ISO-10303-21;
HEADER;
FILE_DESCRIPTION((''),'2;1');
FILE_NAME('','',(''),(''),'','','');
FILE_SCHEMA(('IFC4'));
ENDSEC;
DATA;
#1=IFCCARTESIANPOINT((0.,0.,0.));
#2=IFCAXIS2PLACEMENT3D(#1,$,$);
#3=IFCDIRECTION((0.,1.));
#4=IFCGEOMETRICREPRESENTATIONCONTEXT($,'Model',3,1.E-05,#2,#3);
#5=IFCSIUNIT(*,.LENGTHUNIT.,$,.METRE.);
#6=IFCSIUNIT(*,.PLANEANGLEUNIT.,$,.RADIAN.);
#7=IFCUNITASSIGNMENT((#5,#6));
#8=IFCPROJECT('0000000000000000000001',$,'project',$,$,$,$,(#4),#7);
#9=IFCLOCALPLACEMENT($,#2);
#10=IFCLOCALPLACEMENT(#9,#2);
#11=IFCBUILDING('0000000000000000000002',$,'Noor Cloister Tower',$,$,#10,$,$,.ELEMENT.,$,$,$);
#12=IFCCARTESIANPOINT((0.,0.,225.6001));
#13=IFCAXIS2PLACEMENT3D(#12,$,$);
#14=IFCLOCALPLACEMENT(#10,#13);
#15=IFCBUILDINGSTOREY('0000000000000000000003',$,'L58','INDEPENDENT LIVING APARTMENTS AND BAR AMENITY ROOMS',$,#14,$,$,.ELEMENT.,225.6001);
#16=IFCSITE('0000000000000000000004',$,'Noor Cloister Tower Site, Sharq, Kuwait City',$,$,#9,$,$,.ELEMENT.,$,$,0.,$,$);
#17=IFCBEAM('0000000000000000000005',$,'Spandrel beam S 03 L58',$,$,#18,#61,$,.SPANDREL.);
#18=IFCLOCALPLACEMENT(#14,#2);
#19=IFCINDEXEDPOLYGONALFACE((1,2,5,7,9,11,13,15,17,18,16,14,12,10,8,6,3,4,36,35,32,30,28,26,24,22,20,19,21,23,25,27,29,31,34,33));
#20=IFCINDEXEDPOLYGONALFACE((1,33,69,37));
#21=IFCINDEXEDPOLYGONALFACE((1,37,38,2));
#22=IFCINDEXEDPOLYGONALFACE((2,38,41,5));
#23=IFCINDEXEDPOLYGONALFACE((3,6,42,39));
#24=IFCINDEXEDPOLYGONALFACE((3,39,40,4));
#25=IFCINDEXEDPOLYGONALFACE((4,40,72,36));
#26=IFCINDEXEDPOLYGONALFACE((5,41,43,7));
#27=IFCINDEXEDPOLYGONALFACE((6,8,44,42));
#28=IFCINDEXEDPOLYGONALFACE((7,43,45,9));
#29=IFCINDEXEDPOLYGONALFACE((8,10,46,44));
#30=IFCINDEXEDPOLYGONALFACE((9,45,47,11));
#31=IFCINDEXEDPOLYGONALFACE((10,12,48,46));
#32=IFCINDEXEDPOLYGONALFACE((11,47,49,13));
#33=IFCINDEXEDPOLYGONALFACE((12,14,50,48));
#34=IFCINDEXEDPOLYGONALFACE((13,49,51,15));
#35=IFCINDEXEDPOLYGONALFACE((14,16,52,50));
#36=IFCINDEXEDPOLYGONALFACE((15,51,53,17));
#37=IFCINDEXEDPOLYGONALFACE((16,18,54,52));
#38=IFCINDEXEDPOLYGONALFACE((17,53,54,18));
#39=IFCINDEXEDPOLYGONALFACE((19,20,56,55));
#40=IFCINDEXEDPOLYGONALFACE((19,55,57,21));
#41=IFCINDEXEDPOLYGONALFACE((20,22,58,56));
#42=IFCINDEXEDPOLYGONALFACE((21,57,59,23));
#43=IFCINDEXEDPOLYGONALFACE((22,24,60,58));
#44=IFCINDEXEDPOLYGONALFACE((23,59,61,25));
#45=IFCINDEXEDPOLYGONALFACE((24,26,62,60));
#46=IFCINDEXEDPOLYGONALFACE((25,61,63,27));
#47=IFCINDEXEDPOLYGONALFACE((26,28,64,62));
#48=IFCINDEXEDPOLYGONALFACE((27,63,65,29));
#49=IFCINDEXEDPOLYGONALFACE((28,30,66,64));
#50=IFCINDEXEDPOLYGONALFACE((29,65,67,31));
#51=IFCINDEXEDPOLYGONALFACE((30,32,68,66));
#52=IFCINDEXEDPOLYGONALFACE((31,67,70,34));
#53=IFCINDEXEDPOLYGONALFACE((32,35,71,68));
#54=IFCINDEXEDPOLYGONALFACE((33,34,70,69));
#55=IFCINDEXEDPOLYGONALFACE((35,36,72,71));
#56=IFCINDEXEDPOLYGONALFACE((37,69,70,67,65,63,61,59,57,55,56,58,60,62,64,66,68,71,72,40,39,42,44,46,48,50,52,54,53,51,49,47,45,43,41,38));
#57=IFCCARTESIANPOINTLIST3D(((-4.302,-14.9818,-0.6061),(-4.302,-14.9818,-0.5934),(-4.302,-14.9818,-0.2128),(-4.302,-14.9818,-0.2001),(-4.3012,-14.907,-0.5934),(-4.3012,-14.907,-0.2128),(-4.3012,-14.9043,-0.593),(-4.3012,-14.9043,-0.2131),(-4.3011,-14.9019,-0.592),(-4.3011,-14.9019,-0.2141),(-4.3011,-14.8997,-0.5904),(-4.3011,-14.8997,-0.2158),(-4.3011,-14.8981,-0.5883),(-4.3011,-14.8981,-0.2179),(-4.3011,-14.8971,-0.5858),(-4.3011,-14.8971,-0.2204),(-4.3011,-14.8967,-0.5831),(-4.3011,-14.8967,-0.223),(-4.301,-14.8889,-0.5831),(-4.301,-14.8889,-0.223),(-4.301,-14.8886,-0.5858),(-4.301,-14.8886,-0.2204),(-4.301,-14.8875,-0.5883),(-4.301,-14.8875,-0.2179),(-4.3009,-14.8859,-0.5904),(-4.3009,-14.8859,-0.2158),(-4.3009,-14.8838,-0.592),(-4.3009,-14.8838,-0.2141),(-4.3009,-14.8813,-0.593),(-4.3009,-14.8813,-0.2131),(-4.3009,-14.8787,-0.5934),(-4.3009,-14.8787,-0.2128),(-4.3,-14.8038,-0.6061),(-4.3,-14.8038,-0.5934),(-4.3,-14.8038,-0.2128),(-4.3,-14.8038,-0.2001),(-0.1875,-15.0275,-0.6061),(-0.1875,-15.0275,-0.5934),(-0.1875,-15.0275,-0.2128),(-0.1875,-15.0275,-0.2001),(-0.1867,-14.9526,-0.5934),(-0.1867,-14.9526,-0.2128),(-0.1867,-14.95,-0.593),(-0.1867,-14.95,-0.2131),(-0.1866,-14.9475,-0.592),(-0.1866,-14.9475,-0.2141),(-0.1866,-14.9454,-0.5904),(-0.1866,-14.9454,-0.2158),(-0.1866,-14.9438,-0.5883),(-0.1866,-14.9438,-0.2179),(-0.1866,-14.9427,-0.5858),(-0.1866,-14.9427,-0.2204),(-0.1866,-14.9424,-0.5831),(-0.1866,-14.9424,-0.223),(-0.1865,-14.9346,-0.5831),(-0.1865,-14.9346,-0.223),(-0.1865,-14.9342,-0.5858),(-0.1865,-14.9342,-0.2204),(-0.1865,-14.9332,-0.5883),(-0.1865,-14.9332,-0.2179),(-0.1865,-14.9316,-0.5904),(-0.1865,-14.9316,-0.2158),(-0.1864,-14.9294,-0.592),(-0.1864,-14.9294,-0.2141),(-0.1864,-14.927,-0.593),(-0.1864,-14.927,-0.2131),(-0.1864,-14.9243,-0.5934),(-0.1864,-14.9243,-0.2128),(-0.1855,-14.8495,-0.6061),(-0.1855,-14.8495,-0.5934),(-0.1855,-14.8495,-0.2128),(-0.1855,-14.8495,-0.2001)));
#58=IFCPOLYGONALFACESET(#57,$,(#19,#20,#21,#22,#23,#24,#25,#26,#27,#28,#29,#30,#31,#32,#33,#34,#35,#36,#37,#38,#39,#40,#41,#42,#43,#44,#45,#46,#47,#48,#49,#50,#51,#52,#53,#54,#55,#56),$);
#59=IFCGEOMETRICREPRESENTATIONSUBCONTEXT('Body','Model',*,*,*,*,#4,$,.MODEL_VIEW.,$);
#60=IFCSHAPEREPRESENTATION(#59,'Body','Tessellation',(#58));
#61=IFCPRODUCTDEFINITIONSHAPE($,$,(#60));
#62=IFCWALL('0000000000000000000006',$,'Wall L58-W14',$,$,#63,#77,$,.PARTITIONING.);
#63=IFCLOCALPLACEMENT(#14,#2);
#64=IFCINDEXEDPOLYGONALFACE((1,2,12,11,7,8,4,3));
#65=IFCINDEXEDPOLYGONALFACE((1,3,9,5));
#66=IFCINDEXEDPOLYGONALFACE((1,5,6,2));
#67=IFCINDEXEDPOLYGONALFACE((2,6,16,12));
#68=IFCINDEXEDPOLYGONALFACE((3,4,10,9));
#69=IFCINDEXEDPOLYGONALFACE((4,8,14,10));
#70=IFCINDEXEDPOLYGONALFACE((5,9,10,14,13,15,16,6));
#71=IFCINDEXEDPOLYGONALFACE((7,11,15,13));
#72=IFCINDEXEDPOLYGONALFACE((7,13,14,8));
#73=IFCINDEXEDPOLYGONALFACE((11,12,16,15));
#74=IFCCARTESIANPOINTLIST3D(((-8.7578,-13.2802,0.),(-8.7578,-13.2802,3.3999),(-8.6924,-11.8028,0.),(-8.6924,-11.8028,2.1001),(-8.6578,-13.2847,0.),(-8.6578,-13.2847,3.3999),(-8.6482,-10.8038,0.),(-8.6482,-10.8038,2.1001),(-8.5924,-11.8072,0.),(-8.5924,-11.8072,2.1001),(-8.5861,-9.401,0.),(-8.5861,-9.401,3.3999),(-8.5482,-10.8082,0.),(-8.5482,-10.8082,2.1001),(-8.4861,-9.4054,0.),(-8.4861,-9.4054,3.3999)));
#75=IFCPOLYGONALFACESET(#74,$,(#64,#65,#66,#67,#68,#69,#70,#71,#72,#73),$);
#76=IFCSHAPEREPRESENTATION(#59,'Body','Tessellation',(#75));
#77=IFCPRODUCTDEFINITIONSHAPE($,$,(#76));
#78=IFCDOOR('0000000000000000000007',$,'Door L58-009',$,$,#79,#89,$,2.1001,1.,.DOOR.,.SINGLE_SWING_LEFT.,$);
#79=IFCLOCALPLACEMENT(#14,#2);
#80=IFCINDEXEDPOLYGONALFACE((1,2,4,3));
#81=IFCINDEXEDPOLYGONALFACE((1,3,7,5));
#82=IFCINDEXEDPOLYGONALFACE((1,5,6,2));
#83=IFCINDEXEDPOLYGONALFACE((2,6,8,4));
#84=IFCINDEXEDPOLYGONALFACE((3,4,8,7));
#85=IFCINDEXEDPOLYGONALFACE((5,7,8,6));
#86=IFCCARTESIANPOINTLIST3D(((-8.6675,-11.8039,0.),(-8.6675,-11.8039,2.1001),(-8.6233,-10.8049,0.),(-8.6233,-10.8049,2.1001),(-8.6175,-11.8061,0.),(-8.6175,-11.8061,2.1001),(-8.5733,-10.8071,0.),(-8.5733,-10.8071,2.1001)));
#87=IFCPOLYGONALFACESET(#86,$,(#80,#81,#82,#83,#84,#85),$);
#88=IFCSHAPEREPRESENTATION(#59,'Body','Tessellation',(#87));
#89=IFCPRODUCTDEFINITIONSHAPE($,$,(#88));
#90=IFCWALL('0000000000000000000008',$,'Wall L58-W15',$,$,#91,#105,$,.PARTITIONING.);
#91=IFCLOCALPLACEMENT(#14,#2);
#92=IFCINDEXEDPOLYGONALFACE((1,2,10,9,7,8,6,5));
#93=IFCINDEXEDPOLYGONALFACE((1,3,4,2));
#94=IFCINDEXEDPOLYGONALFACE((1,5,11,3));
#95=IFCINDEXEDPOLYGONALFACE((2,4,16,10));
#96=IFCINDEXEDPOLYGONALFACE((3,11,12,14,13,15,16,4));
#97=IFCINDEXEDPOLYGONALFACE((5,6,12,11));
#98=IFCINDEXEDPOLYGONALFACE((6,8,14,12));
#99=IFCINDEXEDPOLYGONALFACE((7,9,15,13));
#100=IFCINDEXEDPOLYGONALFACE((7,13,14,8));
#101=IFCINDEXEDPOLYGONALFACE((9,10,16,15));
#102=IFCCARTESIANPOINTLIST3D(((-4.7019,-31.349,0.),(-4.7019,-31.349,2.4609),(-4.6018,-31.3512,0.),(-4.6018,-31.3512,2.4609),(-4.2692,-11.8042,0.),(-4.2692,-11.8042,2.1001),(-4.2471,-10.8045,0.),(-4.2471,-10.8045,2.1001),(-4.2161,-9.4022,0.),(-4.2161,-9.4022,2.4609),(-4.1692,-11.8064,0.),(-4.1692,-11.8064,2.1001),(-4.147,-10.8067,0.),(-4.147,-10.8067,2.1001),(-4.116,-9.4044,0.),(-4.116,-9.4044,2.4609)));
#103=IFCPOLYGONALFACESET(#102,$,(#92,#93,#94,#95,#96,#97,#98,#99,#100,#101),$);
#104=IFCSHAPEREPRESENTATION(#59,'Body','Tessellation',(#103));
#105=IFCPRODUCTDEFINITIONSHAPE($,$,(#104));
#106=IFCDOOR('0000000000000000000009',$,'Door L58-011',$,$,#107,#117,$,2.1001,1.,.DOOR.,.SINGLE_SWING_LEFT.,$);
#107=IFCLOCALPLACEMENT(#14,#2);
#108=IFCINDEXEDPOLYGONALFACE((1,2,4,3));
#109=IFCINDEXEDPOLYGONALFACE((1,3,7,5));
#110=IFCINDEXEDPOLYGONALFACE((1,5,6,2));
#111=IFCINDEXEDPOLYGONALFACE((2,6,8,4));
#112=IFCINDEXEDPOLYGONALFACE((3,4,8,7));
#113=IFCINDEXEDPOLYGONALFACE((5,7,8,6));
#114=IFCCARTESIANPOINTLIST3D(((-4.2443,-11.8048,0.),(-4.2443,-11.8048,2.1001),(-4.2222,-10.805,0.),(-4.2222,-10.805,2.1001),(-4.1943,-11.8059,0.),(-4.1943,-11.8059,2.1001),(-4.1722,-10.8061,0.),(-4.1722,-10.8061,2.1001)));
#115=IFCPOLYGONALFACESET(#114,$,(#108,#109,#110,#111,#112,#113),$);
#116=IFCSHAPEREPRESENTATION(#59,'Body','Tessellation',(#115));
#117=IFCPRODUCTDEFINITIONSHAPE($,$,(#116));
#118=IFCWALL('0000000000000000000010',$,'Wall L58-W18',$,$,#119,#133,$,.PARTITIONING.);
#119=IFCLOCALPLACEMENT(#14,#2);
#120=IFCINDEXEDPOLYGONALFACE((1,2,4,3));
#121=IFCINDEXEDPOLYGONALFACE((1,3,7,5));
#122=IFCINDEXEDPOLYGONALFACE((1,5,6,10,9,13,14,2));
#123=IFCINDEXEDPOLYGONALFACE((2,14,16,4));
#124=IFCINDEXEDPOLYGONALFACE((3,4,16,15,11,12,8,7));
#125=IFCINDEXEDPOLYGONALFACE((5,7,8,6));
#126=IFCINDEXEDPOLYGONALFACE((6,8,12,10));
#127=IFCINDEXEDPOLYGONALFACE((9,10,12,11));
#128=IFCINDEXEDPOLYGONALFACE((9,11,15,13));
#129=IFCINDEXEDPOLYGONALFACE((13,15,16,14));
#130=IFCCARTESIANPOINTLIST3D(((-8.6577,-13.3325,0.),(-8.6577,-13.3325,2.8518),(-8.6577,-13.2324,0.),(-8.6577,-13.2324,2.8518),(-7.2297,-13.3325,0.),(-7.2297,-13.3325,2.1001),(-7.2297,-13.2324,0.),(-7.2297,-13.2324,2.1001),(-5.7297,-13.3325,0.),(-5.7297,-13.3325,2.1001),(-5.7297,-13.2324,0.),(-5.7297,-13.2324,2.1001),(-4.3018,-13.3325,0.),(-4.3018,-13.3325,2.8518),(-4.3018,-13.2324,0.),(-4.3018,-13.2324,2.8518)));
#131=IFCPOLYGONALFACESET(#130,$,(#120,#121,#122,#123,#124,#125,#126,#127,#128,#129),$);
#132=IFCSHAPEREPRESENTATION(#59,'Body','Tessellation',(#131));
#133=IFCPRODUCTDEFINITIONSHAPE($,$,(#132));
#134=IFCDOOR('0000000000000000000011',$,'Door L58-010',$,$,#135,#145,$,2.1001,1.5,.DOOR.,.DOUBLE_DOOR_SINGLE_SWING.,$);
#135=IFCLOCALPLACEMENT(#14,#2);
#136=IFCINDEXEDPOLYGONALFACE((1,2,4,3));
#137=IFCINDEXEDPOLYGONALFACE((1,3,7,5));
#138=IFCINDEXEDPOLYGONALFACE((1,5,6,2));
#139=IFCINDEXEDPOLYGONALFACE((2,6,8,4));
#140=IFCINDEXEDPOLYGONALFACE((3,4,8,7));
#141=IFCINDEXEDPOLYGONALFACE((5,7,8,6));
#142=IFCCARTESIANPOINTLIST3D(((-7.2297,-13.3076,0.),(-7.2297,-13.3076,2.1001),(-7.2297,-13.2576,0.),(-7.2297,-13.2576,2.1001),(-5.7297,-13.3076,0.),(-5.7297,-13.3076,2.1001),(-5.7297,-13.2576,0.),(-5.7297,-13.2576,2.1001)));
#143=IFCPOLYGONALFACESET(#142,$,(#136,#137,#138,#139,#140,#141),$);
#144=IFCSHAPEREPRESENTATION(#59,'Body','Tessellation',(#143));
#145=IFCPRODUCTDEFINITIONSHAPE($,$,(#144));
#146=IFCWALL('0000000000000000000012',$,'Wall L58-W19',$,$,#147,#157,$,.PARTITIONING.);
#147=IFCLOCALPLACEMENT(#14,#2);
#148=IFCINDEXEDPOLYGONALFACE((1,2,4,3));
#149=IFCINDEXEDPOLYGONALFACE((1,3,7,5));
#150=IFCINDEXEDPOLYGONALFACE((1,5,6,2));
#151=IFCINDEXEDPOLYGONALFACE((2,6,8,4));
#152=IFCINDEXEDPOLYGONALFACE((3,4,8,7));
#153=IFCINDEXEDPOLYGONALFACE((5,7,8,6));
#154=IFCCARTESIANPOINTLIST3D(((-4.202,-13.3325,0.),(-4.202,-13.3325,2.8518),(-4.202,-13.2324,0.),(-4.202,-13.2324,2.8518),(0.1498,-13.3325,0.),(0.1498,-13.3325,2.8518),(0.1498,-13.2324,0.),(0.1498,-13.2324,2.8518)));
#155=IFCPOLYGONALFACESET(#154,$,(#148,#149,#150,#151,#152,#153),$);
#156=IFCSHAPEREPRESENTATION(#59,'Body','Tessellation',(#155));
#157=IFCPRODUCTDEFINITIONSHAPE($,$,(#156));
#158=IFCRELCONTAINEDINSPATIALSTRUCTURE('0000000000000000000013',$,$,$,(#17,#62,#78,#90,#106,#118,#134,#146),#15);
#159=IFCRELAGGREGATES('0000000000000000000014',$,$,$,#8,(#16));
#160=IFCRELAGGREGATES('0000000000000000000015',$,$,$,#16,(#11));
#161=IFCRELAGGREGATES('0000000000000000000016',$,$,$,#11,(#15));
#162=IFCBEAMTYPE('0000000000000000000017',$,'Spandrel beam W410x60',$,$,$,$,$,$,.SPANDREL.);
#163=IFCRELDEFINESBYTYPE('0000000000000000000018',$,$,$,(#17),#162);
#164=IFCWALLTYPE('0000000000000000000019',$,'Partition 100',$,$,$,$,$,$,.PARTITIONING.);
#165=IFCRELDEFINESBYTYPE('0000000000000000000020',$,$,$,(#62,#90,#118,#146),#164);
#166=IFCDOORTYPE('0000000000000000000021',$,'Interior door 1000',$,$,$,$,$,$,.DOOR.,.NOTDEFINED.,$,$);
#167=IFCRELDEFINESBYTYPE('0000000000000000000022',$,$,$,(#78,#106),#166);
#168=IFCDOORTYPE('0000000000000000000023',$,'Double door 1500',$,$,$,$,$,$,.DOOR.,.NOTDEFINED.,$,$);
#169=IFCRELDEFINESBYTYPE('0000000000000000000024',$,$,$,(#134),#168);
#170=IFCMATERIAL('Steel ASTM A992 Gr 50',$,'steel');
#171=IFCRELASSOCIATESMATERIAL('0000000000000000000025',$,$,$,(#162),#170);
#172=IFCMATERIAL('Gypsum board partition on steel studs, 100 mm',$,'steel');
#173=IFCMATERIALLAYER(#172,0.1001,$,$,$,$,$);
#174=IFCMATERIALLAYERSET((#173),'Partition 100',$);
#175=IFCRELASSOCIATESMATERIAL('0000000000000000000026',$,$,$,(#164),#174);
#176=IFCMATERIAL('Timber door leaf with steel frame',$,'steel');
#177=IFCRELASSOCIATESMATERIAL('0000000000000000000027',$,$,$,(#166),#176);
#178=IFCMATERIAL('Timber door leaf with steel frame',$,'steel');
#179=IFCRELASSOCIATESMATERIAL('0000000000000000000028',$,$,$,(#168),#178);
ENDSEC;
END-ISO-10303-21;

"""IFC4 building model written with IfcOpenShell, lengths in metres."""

from ifc_helpers import new_model, si_unit, direction, frame, frame_2d, origin, origin_2d, place, context, subcontext, project, spatial, rectangle, i_section, extrude, material, layer, layer_set, material_profile, profile_set, type_object, element, fill, save


model = new_model("IFC4")

# Units and contexts
model_context = context("Model", 3, precision=1e-05, world=origin(), true_north=direction((0.0, 1.0)))
body_context = subcontext(model_context, "Body", "Model", "MODEL_VIEW")
ifc_project = project(units=[si_unit("LENGTHUNIT", "METRE"), si_unit("PLANEANGLEUNIT", "RADIAN")], contexts=[model_context])

# Site, building, storey
site_placement = place(None, origin())
site = spatial("IfcSite", under=ifc_project, at=site_placement, Name="Noor Cloister Tower Site, Sharq, Kuwait City", CompositionType="ELEMENT", RefElevation=0.0)
building_placement = place(site_placement, origin())
building = spatial("IfcBuilding", under=site, at=building_placement, Name="Noor Cloister Tower", CompositionType="ELEMENT")
storey_placement = place(building_placement, frame((0.0, 0.0, 225.6001)))
storey = spatial("IfcBuildingStorey", under=building, at=storey_placement, Name="L58", Description="INDEPENDENT LIVING APARTMENTS AND BAR AMENITY ROOMS", CompositionType="ELEMENT", Elevation=225.6001)

# Beam
ifc_material_1 = material(Name="Steel ASTM A992 Gr 50", Category="steel")
ifc_material_profile_1 = material_profile(ifc_material_1, i_section(OverallWidth=0.178, OverallDepth=0.406, WebThickness=0.0078, FlangeThickness=0.0127, FilletRadius=0.0103, at=origin_2d()), Name="W410x60")
ifc_profile_set_1 = profile_set([ifc_material_profile_1], Name="Steel ASTM A992 Gr 50")
beam_type_1 = type_object("IfcBeamType", Name="Spandrel beam W410x60", PredefinedType="SPANDREL", material=ifc_profile_set_1)
for number, where, z_axis, x_axis, name in (
    (1, (-4.301, -14.8928, -0.4031), (0.999938, -0.011095, 0.0), (0.011095, 0.999938, 0.0), "Spandrel beam S 03 L58"),
):
    element("IfcBeam", number, at=place(storey_placement, frame(where, z_axis=z_axis, x_axis=x_axis)), inside=storey, type_object=beam_type_1, Name=name, PredefinedType="SPANDREL", context=body_context, shape_type="SweptSolid", body=[
        extrude(i_section(OverallWidth=0.178, OverallDepth=0.406, WebThickness=0.0078, FlangeThickness=0.0127, FilletRadius=0.0103, at=origin_2d()), origin(), (0.0, 0.0, 1.0), 4.1147),
    ])

# Walls, openings, doors
ifc_material_2 = material(Name="Gypsum board partition on steel studs, 100 mm", Category="steel")
ifc_layer = layer(ifc_material_2, 0.1001)
ifc_layer_set = layer_set([ifc_layer], Name="Partition 100")
wall_type = type_object("IfcWallType", Name="Partition 100", PredefinedType="PARTITIONING", material=ifc_layer_set)
wall_1_placement = place(storey_placement, frame((-8.5361, -9.4033, 0.0), z_axis=(0.0, 0.0, 1.0), x_axis=(-0.044201, -0.999023, 0.0)))
wall_1 = element("IfcWall", 2, at=wall_1_placement, inside=storey, type_object=wall_type, Name="Wall L58-W14", PredefinedType="PARTITIONING", context=body_context, shape_type="SweptSolid", body=[
    extrude(rectangle(XDim=3.8831, YDim=0.1001, at=frame_2d((1.9414, 0.0))), origin(), (0.0, 0.0, 1.0), 3.3999),
])
opening_1_placement = place(wall_1_placement, frame((1.4041, 0.0, 0.0)))
opening_1 = element("IfcOpeningElement", 3, at=opening_1_placement, cuts=wall_1, PredefinedType="OPENING", context=body_context, shape_type="SweptSolid", body=[
    extrude(rectangle(XDim=1.0, YDim=2.1001, at=frame_2d((0.5, 1.05))), frame((0.0, 0.0601, 0.0), z_axis=(0.0, -1.0, 0.0), x_axis=(1.0, 0.0, 0.0)), (0.0, 0.0, 1.0), 0.1201),
])
ifc_material_3 = material(Name="Timber door leaf with steel frame", Category="steel")
door_type_1 = type_object("IfcDoorType", Name="Interior door 1000", OperationType="NOTDEFINED", PredefinedType="DOOR", material=ifc_material_3)
door_1_placement = place(opening_1_placement, origin())
door_1 = element("IfcDoor", 4, at=door_1_placement, inside=storey, type_object=door_type_1, Name="Door L58-009", OperationType="SINGLE_SWING_LEFT", OverallHeight=2.1001, OverallWidth=1.0, PredefinedType="DOOR", context=body_context, shape_type="SweptSolid", body=[
    extrude(rectangle(XDim=1.0, YDim=2.1001, at=frame_2d((0.5, 1.05))), frame((0.0, 0.0249, 0.0), z_axis=(0.0, -1.0, 0.0), x_axis=(1.0, 0.0, 0.0)), (0.0, 0.0, 1.0), 0.05),
])
fill(opening_1, door_1)
wall_2_placement = place(storey_placement, frame((-4.166, -9.4033, 0.0), z_axis=(0.0, 0.0, 1.0), x_axis=(-0.022132, -0.999755, 0.0)))
wall_2 = element("IfcWall", 5, at=wall_2_placement, inside=storey, type_object=wall_type, Name="Wall L58-W15", PredefinedType="PARTITIONING", context=body_context, shape_type="SweptSolid", body=[
    extrude(rectangle(XDim=21.9521, YDim=0.1001, at=frame_2d((10.9761, 0.0))), origin(), (0.0, 0.0, 1.0), 2.4609),
])
opening_2_placement = place(wall_2_placement, frame((1.4026, 0.0, 0.0)))
opening_2 = element("IfcOpeningElement", 6, at=opening_2_placement, cuts=wall_2, PredefinedType="OPENING", context=body_context, shape_type="SweptSolid", body=[
    extrude(rectangle(XDim=1.0, YDim=2.1001, at=frame_2d((0.5, 1.05))), frame((0.0, 0.0601, 0.0), z_axis=(0.0, -1.0, 0.0), x_axis=(1.0, 0.0, 0.0)), (0.0, 0.0, 1.0), 0.1201),
])
door_2_placement = place(opening_2_placement, origin())
door_2 = element("IfcDoor", 7, at=door_2_placement, inside=storey, type_object=door_type_1, Name="Door L58-011", OperationType="SINGLE_SWING_LEFT", OverallHeight=2.1001, OverallWidth=1.0, PredefinedType="DOOR", context=body_context, shape_type="SweptSolid", body=[
    extrude(rectangle(XDim=1.0, YDim=2.1001, at=frame_2d((0.5, 1.05))), frame((0.0, 0.0249, 0.0), z_axis=(0.0, -1.0, 0.0), x_axis=(1.0, 0.0, 0.0)), (0.0, 0.0, 1.0), 0.05),
])
fill(opening_2, door_2)
wall_3_placement = place(storey_placement, frame((-8.6577, -13.2825, 0.0), z_axis=(0.0, 0.0, 1.0), x_axis=(1.0, 0.0, 0.0)))
wall_3 = element("IfcWall", 8, at=wall_3_placement, inside=storey, type_object=wall_type, Name="Wall L58-W18", PredefinedType="PARTITIONING", context=body_context, shape_type="SweptSolid", body=[
    extrude(rectangle(XDim=4.356, YDim=0.1001, at=frame_2d((2.178, 0.0))), origin(), (0.0, 0.0, 1.0), 2.8518),
])
opening_3_placement = place(wall_3_placement, frame((1.428, 0.0, 0.0)))
opening_3 = element("IfcOpeningElement", 9, at=opening_3_placement, cuts=wall_3, PredefinedType="OPENING", context=body_context, shape_type="SweptSolid", body=[
    extrude(rectangle(XDim=1.5, YDim=2.1001, at=frame_2d((0.75, 1.05))), frame((0.0, 0.0601, 0.0), z_axis=(0.0, -1.0, 0.0), x_axis=(1.0, 0.0, 0.0)), (0.0, 0.0, 1.0), 0.1201),
])
ifc_material_4 = material(Name="Timber door leaf with steel frame", Category="steel")
door_type_2 = type_object("IfcDoorType", Name="Double door 1500", OperationType="NOTDEFINED", PredefinedType="DOOR", material=ifc_material_4)
door_3_placement = place(opening_3_placement, origin())
door_3 = element("IfcDoor", 10, at=door_3_placement, inside=storey, type_object=door_type_2, Name="Door L58-010", OperationType="DOUBLE_DOOR_SINGLE_SWING", OverallHeight=2.1001, OverallWidth=1.5, PredefinedType="DOOR", context=body_context, shape_type="SweptSolid", body=[
    extrude(rectangle(XDim=1.5, YDim=2.1001, at=frame_2d((0.75, 1.05))), frame((0.0, 0.0249, 0.0), z_axis=(0.0, -1.0, 0.0), x_axis=(1.0, 0.0, 0.0)), (0.0, 0.0, 1.0), 0.05),
])
fill(opening_3, door_3)

# Wall
wall_4_placement = place(storey_placement, frame((-4.2019, -13.2825, 0.0), z_axis=(0.0, 0.0, 1.0), x_axis=(1.0, 0.0, 0.0)))
element("IfcWall", 11, at=wall_4_placement, inside=storey, type_object=wall_type, Name="Wall L58-W19", PredefinedType="PARTITIONING", context=body_context, shape_type="SweptSolid", body=[
    extrude(rectangle(XDim=4.3518, YDim=0.1001, at=frame_2d((2.1758, 0.0))), origin(), (0.0, 0.0, 1.0), 2.8518),
])

save(model, "model.ifc")
